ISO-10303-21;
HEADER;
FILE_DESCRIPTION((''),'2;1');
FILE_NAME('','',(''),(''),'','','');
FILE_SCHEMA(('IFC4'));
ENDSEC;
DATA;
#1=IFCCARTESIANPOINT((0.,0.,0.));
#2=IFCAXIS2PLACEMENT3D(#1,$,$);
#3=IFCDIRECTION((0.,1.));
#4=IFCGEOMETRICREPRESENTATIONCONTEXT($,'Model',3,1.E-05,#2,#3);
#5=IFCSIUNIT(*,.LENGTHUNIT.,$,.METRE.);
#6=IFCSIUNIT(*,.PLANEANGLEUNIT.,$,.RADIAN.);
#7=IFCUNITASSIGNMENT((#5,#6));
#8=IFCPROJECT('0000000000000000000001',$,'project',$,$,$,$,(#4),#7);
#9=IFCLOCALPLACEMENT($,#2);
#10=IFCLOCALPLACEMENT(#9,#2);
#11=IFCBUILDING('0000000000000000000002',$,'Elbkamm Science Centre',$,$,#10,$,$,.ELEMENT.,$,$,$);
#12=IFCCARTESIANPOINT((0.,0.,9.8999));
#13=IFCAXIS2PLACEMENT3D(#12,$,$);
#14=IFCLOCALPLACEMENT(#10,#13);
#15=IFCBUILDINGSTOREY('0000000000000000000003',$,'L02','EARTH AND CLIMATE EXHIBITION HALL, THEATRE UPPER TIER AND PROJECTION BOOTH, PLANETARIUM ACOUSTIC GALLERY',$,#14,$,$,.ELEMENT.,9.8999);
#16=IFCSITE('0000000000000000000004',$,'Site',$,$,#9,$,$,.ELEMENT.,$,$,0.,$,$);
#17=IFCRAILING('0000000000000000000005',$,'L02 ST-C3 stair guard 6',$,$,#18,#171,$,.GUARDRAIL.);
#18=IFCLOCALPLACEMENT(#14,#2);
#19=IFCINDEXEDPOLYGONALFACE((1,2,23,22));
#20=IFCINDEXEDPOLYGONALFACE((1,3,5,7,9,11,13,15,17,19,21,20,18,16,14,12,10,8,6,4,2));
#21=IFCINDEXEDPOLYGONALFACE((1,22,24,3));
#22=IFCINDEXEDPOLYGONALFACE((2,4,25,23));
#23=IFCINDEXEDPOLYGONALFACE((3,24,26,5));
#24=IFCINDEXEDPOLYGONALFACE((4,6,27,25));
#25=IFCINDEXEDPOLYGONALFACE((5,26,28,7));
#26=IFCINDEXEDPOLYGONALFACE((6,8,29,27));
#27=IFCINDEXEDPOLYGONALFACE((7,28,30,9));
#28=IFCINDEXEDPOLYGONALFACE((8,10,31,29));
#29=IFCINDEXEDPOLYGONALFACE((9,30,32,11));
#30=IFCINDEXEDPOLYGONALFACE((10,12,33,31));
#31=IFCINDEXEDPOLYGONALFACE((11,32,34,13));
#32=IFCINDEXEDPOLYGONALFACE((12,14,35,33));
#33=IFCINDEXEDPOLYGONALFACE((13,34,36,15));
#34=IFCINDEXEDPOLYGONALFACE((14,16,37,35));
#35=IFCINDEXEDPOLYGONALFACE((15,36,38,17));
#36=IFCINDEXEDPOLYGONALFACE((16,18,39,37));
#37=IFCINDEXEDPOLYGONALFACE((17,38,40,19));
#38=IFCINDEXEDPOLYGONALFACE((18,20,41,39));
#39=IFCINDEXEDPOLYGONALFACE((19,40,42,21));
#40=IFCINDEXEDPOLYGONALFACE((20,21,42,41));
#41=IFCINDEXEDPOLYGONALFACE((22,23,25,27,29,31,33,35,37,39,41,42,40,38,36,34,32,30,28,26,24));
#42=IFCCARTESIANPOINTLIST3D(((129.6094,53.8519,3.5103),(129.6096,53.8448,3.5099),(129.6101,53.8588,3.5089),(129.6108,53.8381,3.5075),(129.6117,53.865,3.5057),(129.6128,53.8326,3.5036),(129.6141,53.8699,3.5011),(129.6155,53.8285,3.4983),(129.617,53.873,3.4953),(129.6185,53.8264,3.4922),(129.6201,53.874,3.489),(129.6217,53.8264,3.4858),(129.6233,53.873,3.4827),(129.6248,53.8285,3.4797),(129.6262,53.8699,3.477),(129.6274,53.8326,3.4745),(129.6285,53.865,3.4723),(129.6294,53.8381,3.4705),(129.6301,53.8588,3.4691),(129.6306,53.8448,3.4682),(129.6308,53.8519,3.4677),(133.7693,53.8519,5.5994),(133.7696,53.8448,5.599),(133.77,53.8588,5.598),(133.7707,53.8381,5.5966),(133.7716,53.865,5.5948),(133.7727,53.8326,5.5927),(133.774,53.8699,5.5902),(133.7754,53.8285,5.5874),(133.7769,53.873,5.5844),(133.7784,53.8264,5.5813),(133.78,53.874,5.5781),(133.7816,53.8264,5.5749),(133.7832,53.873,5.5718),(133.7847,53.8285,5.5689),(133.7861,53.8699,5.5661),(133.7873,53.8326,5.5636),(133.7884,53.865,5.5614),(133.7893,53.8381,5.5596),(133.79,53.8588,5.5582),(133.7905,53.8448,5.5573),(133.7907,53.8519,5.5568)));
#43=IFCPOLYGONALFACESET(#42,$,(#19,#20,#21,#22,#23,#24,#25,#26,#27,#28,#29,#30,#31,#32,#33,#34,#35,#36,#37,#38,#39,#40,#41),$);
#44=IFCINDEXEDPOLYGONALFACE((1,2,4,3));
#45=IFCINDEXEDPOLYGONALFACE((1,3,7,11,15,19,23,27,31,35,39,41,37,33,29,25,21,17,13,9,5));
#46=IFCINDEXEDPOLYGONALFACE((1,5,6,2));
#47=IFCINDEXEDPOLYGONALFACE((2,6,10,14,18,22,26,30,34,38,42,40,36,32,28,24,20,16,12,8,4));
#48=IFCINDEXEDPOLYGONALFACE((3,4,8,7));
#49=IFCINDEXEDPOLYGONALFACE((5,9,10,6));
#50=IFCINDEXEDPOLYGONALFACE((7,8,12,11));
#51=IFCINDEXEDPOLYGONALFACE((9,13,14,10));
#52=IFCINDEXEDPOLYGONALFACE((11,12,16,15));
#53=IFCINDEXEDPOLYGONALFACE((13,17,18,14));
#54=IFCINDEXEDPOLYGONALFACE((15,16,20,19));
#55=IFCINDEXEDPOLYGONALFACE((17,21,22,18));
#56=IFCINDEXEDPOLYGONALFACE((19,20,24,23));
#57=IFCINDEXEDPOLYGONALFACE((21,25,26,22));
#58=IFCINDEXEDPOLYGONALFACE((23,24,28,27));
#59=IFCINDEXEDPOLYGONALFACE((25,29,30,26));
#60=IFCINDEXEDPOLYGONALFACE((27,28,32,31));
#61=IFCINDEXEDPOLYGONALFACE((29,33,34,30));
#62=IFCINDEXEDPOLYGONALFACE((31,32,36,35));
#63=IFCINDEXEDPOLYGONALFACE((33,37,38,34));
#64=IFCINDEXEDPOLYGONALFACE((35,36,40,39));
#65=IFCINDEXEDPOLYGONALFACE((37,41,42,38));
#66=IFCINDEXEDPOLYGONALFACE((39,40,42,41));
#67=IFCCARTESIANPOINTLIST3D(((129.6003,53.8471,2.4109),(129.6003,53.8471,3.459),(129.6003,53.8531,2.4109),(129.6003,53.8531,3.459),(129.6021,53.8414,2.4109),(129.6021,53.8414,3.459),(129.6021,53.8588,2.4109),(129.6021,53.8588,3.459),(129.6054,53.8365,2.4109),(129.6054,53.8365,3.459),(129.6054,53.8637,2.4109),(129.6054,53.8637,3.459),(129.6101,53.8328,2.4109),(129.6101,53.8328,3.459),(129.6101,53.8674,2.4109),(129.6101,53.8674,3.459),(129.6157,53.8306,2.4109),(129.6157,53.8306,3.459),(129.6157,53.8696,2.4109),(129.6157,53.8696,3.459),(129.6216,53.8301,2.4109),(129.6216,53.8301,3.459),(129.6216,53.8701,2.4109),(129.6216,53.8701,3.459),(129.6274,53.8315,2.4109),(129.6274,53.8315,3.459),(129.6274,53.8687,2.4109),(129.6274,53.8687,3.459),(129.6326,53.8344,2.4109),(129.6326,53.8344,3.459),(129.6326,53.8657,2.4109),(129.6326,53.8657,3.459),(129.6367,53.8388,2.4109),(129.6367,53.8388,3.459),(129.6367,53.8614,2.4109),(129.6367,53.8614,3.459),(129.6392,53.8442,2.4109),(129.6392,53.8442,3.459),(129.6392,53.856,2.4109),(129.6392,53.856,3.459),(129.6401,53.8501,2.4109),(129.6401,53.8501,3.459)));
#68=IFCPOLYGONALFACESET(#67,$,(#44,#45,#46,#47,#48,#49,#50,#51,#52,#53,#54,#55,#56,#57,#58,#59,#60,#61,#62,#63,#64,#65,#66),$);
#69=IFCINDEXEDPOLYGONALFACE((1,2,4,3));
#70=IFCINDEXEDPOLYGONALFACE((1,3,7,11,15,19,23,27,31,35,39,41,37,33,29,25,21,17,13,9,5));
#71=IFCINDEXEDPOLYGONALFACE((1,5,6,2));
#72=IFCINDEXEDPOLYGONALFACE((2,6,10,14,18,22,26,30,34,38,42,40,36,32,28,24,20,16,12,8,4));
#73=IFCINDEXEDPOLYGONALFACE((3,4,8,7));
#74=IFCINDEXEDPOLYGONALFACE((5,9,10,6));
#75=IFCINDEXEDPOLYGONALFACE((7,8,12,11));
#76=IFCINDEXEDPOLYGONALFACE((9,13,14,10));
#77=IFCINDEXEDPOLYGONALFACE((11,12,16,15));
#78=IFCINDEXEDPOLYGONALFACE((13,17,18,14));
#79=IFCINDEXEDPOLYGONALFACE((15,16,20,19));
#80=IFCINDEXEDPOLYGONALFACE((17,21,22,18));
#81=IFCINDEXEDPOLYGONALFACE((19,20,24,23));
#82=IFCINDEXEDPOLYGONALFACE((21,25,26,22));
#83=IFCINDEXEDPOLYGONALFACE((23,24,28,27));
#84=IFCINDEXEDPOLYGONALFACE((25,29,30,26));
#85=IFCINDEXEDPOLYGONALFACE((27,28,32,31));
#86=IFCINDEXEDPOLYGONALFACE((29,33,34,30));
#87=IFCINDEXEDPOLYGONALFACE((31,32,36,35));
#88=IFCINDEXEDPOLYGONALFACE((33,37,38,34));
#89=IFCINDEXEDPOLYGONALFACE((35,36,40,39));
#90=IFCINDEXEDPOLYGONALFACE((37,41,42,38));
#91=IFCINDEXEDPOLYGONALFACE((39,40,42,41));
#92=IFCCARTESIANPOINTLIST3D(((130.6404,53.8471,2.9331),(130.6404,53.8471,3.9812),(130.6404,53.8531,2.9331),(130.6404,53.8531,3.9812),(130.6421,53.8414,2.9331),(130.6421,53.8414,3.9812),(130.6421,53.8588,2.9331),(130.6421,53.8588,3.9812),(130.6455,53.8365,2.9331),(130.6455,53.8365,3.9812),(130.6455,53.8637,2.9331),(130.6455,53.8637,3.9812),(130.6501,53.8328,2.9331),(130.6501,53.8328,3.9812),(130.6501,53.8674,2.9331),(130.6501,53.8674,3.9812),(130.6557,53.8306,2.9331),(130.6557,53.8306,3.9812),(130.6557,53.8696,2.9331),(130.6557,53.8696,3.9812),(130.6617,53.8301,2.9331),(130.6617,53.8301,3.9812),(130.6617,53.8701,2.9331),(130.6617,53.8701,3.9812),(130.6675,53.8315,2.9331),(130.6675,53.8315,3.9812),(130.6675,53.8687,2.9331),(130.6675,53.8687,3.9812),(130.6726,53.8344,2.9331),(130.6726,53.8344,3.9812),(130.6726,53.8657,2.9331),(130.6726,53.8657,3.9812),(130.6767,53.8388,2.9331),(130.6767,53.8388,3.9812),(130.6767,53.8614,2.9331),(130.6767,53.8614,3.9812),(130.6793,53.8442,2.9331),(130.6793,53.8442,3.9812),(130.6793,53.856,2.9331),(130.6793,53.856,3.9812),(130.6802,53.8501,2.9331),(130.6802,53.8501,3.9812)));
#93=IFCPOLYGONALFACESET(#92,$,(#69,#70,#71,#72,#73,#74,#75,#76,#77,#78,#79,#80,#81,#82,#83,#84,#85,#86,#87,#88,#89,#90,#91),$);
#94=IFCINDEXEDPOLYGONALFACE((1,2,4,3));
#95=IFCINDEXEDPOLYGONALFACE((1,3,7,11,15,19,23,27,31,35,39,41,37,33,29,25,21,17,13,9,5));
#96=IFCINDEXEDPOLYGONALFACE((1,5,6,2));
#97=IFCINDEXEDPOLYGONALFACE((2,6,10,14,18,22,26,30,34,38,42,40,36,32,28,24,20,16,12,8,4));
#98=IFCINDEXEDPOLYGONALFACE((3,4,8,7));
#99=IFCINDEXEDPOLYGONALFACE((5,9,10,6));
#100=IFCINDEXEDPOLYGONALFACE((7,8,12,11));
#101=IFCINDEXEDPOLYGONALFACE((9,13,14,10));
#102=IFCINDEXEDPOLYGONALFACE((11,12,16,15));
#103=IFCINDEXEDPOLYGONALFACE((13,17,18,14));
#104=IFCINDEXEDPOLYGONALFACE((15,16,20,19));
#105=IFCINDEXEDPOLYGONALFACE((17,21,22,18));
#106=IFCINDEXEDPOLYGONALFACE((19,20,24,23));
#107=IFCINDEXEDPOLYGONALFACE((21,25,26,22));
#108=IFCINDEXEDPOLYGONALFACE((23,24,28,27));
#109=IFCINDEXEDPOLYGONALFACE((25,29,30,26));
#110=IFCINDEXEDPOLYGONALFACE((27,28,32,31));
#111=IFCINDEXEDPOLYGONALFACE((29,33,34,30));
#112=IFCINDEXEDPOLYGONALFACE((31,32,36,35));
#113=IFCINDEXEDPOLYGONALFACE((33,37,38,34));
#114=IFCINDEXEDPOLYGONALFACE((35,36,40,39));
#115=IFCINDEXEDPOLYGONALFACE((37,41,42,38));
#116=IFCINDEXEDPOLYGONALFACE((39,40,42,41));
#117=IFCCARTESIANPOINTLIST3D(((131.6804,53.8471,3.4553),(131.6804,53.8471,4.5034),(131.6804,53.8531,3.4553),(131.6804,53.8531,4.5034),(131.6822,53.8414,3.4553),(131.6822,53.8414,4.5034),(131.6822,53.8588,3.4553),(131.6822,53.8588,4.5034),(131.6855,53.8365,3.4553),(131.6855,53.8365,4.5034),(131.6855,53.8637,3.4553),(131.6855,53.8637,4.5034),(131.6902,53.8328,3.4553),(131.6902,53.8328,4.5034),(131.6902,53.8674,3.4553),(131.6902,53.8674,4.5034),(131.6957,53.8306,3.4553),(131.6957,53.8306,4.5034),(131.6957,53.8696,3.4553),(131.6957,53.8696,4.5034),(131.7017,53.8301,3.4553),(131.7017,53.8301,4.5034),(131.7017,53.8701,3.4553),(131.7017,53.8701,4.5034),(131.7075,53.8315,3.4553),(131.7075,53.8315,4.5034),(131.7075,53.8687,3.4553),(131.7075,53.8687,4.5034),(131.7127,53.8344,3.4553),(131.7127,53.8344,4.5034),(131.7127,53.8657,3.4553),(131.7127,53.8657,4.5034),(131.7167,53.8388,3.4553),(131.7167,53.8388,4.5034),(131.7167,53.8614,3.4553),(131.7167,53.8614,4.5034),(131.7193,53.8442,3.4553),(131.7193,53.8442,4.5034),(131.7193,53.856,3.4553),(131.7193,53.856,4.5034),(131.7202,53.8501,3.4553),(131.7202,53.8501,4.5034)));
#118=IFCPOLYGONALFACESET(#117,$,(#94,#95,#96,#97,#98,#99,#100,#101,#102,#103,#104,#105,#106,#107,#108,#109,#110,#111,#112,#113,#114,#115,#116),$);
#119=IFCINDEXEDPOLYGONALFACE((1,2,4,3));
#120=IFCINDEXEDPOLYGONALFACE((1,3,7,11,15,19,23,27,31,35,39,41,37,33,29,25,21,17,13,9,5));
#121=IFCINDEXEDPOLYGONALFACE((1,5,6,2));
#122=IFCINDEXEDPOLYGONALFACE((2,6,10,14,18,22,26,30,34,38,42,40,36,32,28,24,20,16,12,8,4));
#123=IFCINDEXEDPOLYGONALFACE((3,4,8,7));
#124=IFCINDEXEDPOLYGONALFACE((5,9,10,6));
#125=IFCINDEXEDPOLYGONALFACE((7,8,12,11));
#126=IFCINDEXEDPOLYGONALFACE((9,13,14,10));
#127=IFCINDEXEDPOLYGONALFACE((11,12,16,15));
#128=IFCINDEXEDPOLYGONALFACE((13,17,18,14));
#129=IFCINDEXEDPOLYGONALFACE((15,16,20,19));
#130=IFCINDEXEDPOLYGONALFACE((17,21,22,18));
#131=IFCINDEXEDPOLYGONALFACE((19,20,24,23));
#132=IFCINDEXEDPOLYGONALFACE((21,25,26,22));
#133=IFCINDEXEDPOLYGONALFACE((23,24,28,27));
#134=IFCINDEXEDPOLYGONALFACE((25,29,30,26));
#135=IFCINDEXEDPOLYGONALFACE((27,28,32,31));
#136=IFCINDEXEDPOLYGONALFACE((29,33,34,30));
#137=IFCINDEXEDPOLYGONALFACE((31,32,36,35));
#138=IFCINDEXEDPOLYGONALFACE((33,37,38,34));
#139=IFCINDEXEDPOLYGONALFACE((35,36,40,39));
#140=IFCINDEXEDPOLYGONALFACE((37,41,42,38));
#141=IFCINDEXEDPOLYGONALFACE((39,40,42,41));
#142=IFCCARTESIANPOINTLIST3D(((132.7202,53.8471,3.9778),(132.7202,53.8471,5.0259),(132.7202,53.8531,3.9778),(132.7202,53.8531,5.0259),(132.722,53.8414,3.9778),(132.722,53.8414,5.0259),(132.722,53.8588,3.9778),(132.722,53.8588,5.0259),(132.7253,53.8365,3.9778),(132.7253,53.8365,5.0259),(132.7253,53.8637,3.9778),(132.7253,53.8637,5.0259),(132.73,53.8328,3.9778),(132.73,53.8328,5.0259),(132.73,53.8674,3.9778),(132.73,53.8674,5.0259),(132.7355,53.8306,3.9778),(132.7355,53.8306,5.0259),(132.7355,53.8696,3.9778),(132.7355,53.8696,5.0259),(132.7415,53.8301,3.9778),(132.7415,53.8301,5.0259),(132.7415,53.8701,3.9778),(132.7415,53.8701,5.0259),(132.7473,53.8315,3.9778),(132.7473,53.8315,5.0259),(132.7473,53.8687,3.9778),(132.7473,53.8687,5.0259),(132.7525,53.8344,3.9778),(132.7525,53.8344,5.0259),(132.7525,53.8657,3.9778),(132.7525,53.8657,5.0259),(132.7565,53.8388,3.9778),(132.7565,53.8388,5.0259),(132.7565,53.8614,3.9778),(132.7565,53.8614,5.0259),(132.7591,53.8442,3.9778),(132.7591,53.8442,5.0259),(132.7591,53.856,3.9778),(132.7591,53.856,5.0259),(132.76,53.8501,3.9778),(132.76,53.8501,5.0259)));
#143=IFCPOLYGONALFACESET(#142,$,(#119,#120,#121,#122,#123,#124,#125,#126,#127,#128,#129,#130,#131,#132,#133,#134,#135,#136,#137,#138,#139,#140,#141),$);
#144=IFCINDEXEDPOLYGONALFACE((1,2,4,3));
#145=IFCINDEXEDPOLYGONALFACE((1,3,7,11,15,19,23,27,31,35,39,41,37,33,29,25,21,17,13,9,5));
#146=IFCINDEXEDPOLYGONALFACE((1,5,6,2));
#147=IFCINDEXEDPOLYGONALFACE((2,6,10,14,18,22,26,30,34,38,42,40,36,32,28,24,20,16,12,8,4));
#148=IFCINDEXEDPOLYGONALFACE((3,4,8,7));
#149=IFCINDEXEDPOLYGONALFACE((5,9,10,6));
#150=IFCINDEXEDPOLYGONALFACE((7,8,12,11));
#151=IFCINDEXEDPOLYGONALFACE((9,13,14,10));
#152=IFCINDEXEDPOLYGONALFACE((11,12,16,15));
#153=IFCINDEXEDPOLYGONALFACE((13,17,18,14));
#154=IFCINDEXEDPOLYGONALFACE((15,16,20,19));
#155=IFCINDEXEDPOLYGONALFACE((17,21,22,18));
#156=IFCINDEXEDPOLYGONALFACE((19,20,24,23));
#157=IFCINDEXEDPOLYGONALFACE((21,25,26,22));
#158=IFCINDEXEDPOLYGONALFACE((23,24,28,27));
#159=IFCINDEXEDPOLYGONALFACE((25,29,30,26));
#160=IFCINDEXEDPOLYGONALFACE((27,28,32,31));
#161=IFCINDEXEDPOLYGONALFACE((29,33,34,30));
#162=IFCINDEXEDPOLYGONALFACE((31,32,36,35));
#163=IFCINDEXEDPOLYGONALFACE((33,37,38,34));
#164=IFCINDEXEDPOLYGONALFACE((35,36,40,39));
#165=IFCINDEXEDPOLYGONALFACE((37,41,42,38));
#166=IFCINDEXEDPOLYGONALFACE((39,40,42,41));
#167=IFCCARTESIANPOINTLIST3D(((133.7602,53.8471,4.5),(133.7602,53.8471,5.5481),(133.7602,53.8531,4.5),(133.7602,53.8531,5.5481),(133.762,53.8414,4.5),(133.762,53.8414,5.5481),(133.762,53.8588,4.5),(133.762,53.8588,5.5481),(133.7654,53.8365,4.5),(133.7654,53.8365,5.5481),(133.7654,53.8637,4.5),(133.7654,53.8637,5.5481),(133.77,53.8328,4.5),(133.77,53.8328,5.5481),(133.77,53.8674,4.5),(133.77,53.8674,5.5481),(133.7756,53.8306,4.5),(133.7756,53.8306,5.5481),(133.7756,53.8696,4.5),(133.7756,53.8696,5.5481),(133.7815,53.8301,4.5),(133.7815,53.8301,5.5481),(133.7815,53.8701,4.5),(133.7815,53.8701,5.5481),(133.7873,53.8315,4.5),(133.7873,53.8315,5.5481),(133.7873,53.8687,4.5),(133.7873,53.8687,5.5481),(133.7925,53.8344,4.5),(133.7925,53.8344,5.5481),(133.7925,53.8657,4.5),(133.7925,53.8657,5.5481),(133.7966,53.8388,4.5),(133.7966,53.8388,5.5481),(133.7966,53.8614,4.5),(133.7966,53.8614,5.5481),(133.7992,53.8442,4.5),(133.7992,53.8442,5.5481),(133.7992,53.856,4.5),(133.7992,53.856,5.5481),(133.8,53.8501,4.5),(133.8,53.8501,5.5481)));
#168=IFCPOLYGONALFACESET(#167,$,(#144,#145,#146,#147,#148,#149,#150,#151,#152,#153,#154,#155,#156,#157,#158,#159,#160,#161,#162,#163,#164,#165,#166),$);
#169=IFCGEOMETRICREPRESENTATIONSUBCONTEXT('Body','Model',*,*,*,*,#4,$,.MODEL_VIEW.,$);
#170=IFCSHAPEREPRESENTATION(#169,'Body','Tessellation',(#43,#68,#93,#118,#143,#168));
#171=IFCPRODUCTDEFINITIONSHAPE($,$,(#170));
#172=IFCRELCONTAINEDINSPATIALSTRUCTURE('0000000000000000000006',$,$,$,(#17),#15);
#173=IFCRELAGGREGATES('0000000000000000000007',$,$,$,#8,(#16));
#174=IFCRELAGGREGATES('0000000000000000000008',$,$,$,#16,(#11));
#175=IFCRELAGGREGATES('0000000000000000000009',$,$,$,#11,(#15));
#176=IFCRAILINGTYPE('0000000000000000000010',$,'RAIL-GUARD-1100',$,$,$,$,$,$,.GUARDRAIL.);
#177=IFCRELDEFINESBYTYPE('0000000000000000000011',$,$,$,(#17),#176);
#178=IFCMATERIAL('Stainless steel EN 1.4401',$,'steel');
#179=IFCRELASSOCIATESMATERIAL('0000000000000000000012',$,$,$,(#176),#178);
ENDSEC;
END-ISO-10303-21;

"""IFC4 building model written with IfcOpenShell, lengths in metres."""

from ifc_helpers import new_model, si_unit, direction, frame, origin, origin_2d, place, context, subcontext, project, spatial, circle, extrude, material, type_object, element, save


model = new_model("IFC4")

# Units and contexts
model_context = context("Model", 3, precision=1e-05, world=origin(), true_north=direction((0.0, 1.0)))
body_context = subcontext(model_context, "Body", "Model", "MODEL_VIEW")
ifc_project = project(units=[si_unit("LENGTHUNIT", "METRE"), si_unit("PLANEANGLEUNIT", "RADIAN")], contexts=[model_context])

# Site, building, storey
site_placement = place(None, origin())
site = spatial("IfcSite", under=ifc_project, at=site_placement, Name="Site", CompositionType="ELEMENT", RefElevation=0.0)
building_placement = place(site_placement, origin())
building = spatial("IfcBuilding", under=site, at=building_placement, Name="Elbkamm Science Centre", CompositionType="ELEMENT")
storey_placement = place(building_placement, frame((0.0, 0.0, 9.8999)))
storey = spatial("IfcBuildingStorey", under=building, at=storey_placement, Name="L02", Description="EARTH AND CLIMATE EXHIBITION HALL, THEATRE UPPER TIER AND PROJECTION BOOTH, PLANETARIUM ACOUSTIC GALLERY", CompositionType="ELEMENT", Elevation=9.8999)

# Railing
ifc_material_1 = material(Name="Stainless steel EN 1.4401", Category="steel")
railing_type = type_object("IfcRailingType", Name="RAIL-GUARD-1100", PredefinedType="GUARDRAIL", material=ifc_material_1)
railing_1_placement = place(storey_placement, frame((129.6201, 53.8501, 2.4109)))
element("IfcRailing", 1, at=railing_1_placement, inside=storey, type_object=railing_type, Name="L02 ST-C3 stair guard 6", PredefinedType="GUARDRAIL", context=body_context, shape_type="SweptSolid", body=[
    extrude(circle(Radius=0.0239, at=origin_2d()), frame((0.0, 0.0, 1.0781), z_axis=(0.893639, 0.0, 0.448786), x_axis=(0.0, 1.0, 0.0)), (0.0, 0.0, 1.0), 4.655),
    extrude(circle(Radius=0.02, at=origin_2d()), origin(), (0.0, 0.0, 1.0), 1.0481),
    extrude(circle(Radius=0.02, at=origin_2d()), frame((1.04, 0.0, 0.5222)), (0.0, 0.0, 1.0), 1.0481),
    extrude(circle(Radius=0.02, at=origin_2d()), frame((2.0801, 0.0, 1.0444)), (0.0, 0.0, 1.0), 1.0481),
    extrude(circle(Radius=0.02, at=origin_2d()), frame((3.1199, 0.0, 1.5669)), (0.0, 0.0, 1.0), 1.0481),
    extrude(circle(Radius=0.02, at=origin_2d()), frame((4.1599, 0.0, 2.0891)), (0.0, 0.0, 1.0), 1.0481),
])

save(model, "model.ifc")
